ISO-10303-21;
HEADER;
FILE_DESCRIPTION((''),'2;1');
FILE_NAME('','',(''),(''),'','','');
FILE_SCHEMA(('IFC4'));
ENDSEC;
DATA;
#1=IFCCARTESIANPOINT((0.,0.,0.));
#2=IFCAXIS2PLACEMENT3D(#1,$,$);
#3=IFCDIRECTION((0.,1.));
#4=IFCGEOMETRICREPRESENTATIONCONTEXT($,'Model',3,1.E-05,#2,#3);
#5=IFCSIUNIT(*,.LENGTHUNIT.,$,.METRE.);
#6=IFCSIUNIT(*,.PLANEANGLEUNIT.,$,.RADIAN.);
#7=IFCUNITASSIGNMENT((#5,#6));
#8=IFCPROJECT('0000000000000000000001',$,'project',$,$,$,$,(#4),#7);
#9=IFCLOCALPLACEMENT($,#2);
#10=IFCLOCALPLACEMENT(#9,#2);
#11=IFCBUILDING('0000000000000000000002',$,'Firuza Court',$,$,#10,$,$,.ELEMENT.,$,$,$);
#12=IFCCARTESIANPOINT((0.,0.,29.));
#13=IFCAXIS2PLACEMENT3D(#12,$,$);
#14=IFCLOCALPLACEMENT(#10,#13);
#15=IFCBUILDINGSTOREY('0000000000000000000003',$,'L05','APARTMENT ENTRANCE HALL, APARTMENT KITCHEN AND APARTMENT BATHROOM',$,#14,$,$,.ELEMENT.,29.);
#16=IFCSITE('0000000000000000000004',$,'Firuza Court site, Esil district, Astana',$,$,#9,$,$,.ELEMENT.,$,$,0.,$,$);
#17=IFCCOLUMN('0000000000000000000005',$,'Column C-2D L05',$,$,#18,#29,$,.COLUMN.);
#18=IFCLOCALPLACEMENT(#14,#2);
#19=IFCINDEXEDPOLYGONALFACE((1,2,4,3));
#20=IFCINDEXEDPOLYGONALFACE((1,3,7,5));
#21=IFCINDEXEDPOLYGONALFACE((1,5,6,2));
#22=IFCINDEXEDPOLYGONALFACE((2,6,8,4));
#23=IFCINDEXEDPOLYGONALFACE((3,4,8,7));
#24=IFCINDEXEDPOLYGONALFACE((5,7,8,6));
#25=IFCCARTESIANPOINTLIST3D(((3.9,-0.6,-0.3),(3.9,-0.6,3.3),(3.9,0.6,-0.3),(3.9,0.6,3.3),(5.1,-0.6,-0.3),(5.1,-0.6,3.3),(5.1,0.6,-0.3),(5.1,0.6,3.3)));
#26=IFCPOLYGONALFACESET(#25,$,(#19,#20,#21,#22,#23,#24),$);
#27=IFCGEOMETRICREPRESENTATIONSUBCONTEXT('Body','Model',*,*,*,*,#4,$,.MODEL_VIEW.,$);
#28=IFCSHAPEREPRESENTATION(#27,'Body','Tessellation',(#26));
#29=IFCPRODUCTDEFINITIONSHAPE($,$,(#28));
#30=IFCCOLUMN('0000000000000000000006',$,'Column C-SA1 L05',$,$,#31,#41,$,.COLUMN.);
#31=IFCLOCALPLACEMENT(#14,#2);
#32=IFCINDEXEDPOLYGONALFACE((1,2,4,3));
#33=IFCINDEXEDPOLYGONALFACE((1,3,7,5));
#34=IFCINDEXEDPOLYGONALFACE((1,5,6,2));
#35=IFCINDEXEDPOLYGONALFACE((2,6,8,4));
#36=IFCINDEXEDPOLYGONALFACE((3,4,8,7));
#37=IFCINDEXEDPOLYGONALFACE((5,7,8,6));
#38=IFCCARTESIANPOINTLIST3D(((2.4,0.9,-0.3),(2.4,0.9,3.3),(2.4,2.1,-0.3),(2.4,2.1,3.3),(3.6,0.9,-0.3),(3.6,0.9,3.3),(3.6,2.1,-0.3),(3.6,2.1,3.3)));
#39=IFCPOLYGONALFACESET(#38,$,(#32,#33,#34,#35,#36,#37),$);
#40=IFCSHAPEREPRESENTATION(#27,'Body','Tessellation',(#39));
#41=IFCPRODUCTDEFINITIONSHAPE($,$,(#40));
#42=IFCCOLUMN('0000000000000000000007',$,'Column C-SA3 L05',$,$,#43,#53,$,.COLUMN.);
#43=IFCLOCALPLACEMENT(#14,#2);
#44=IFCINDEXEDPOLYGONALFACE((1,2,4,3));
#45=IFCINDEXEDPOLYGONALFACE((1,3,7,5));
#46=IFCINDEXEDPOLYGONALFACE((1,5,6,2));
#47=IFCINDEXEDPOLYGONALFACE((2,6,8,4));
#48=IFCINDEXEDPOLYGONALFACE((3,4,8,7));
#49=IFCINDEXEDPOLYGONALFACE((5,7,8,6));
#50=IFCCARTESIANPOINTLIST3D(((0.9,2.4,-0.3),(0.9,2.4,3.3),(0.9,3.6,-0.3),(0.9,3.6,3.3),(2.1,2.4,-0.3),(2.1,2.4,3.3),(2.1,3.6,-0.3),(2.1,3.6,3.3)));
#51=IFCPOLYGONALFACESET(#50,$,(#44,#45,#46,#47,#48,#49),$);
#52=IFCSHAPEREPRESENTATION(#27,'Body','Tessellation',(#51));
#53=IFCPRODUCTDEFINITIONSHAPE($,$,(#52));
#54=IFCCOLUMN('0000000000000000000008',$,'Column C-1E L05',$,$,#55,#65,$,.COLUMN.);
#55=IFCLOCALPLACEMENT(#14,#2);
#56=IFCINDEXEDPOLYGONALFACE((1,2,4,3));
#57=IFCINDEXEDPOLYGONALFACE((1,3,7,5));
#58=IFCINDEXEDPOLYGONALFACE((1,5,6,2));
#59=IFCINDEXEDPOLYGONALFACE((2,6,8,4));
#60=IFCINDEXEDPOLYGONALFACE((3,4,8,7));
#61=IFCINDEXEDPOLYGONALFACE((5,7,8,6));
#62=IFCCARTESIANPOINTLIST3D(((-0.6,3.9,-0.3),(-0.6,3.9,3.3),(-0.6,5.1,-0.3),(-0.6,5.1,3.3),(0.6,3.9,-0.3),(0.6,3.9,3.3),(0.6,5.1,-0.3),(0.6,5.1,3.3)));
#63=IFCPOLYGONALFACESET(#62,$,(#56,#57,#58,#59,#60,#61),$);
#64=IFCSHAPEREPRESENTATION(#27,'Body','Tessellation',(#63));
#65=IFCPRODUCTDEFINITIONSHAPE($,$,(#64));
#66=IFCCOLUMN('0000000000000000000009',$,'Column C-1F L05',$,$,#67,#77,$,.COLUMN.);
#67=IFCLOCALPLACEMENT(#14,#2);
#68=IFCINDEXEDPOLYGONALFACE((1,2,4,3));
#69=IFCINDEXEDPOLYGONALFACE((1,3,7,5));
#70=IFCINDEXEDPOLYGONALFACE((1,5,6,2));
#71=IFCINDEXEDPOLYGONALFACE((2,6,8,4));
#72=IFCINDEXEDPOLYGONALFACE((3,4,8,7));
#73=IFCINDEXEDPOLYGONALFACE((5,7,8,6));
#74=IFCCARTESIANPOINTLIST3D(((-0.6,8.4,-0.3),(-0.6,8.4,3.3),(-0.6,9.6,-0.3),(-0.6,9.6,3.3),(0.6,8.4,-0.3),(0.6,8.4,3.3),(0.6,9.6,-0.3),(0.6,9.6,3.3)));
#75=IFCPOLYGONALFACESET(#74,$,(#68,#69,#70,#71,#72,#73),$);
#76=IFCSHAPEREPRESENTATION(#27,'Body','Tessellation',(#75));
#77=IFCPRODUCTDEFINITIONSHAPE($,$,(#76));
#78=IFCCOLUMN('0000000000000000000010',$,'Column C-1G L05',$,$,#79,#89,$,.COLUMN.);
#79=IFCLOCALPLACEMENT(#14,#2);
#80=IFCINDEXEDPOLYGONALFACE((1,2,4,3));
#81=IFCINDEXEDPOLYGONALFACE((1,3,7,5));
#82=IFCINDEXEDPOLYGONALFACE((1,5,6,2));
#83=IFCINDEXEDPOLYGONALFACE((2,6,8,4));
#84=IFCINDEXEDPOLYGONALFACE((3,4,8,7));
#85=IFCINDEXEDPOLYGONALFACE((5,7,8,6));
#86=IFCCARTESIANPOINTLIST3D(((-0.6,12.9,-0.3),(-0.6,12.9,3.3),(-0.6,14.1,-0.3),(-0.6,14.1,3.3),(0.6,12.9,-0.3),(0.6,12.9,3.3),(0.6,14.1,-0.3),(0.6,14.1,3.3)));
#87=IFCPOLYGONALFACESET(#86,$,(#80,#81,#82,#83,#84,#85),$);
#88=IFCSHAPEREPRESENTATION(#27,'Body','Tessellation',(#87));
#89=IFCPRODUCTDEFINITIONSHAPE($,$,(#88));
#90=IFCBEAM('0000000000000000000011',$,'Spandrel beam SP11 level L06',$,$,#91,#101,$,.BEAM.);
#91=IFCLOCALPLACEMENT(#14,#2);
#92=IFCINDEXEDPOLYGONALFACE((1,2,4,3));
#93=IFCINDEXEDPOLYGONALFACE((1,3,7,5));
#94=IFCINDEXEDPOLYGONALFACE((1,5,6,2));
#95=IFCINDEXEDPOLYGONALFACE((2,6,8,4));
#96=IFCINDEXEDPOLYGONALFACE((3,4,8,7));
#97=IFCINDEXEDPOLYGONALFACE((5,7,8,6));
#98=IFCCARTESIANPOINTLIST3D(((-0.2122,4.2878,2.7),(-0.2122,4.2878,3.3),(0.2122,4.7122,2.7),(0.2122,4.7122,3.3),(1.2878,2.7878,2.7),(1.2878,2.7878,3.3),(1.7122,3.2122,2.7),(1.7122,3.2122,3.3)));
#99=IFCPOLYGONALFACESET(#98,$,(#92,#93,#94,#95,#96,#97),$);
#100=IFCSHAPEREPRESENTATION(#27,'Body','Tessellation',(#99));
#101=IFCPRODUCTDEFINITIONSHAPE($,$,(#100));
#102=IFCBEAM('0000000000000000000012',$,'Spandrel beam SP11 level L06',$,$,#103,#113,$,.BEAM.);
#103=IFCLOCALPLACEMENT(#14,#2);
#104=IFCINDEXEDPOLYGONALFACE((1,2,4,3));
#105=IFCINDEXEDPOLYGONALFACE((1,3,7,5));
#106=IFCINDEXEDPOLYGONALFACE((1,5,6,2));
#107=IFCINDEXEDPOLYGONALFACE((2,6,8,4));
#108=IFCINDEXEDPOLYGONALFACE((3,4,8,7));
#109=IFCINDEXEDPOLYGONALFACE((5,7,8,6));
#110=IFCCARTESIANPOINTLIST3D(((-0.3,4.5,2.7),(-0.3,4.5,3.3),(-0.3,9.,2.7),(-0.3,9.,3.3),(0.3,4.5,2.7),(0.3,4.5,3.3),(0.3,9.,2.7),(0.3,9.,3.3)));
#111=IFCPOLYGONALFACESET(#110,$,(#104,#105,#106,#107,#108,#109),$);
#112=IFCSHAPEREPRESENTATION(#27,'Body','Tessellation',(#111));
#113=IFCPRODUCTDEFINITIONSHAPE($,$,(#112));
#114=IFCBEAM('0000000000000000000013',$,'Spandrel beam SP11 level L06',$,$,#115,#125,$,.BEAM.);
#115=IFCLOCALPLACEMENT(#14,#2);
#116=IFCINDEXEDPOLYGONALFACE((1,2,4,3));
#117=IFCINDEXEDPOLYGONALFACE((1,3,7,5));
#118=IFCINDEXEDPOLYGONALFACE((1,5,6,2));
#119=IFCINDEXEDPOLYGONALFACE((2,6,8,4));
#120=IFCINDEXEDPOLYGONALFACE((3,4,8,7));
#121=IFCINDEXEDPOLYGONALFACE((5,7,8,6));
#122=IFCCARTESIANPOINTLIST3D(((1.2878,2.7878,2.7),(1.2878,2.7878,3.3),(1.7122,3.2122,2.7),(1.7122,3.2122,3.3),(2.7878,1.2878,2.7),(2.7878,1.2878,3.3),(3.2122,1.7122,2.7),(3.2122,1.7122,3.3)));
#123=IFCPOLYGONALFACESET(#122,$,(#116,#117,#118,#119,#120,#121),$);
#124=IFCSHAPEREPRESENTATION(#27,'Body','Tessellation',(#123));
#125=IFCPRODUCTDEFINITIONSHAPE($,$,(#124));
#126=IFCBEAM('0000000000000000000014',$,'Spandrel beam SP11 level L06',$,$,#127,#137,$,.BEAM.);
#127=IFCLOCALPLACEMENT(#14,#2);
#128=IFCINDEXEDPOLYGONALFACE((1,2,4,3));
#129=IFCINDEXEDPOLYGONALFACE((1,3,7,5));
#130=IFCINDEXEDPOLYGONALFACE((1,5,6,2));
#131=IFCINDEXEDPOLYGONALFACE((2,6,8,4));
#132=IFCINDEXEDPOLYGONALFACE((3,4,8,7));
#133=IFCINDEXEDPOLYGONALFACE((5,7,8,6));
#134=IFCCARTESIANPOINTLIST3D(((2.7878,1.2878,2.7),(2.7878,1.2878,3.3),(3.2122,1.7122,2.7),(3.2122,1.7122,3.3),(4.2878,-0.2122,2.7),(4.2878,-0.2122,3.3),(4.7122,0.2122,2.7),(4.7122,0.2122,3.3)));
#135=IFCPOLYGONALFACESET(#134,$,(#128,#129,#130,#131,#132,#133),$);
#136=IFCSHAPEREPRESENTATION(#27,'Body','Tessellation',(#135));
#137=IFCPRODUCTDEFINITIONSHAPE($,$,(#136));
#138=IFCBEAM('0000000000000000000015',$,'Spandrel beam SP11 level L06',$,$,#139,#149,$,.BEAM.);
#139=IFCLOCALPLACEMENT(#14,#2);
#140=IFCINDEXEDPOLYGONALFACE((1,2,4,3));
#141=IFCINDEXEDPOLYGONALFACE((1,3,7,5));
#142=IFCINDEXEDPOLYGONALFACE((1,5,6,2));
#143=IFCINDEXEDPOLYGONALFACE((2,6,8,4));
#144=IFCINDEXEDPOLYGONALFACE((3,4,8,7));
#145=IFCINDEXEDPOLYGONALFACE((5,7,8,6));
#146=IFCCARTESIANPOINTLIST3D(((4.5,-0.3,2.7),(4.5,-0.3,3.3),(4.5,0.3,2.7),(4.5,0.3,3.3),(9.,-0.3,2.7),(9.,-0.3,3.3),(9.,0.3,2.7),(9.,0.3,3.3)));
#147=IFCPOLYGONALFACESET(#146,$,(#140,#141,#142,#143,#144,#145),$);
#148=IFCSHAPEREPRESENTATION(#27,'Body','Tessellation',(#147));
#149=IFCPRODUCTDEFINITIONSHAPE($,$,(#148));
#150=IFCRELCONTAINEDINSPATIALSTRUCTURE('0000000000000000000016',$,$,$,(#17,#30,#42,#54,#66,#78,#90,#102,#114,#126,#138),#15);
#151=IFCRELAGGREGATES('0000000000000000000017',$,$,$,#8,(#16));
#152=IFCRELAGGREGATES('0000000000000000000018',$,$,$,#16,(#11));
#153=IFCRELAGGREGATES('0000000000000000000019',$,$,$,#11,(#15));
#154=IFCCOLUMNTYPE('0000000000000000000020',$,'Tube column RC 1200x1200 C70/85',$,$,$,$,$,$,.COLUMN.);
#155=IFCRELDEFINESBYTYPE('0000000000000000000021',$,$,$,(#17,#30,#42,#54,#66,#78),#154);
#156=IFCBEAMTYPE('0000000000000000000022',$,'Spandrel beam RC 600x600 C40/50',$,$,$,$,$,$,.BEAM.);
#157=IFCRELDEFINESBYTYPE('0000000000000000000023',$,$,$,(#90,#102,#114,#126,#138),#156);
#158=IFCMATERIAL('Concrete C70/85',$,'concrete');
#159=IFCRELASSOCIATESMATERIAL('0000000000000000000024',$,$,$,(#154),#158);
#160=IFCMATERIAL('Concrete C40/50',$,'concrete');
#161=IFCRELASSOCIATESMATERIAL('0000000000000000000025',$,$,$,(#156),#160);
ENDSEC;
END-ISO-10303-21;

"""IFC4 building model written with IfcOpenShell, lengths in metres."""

from ifc_helpers import new_model, si_unit, direction, frame, origin, origin_2d, place, context, subcontext, project, spatial, rectangle, extrude, material, material_profile, profile_set, type_object, element, save


model = new_model("IFC4")

# Units and contexts
model_context = context("Model", 3, precision=1e-05, world=origin(), true_north=direction((0.0, 1.0)))
body_context = subcontext(model_context, "Body", "Model", "MODEL_VIEW")
ifc_project = project(units=[si_unit("LENGTHUNIT", "METRE"), si_unit("PLANEANGLEUNIT", "RADIAN")], contexts=[model_context])

# Site, building, storey
site_placement = place(None, origin())
site = spatial("IfcSite", under=ifc_project, at=site_placement, Name="Firuza Court site, Esil district, Astana", CompositionType="ELEMENT", RefElevation=0.0)
building_placement = place(site_placement, origin())
building = spatial("IfcBuilding", under=site, at=building_placement, Name="Firuza Court", CompositionType="ELEMENT")
storey_placement = place(building_placement, frame((0.0, 0.0, 29.0)))
storey = spatial("IfcBuildingStorey", under=building, at=storey_placement, Name="L05", Description="APARTMENT ENTRANCE HALL, APARTMENT KITCHEN AND APARTMENT BATHROOM", CompositionType="ELEMENT", Elevation=29.0)

# Columns
ifc_material_1 = material(Name="Concrete C70/85", Category="concrete")
ifc_material_profile_1 = material_profile(ifc_material_1, rectangle(XDim=1.2, YDim=1.2, at=origin_2d()), Name="RC 1200x1200")
ifc_profile_set_1 = profile_set([ifc_material_profile_1], Name="Concrete C70/85")
column_type = type_object("IfcColumnType", Name="Tube column RC 1200x1200 C70/85", PredefinedType="COLUMN", material=ifc_profile_set_1)
for number, where, z_axis, x_axis, name in (
    (1, (4.5, 0.0, -0.3), (0.0, 0.0, 1.0), (1.0, 0.0, 0.0), "Column C-2D L05"),
    (2, (3.0, 1.5, -0.3), (0.0, 0.0, 1.0), (1.0, 0.0, 0.0), "Column C-SA1 L05"),
    (3, (1.5, 3.0, -0.3), (0.0, 0.0, 1.0), (1.0, 0.0, 0.0), "Column C-SA3 L05"),
    (4, (0.0, 4.5, -0.3), (0.0, 0.0, 1.0), (1.0, 0.0, 0.0), "Column C-1E L05"),
    (5, (0.0, 9.0, -0.3), (0.0, 0.0, 1.0), (1.0, 0.0, 0.0), "Column C-1F L05"),
    (6, (0.0, 13.5, -0.3), (0.0, 0.0, 1.0), (1.0, 0.0, 0.0), "Column C-1G L05"),
):
    element("IfcColumn", number, at=place(storey_placement, frame(where, z_axis=z_axis, x_axis=x_axis)), inside=storey, type_object=column_type, Name=name, PredefinedType="COLUMN", context=body_context, shape_type="SweptSolid", body=[
        extrude(rectangle(XDim=1.2, YDim=1.2, at=origin_2d()), origin(), (0.0, 0.0, 1.0), 3.6001),
    ])

# Beams
ifc_material_2 = material(Name="Concrete C40/50", Category="concrete")
ifc_material_profile_2 = material_profile(ifc_material_2, rectangle(XDim=0.6001, YDim=0.6001, at=origin_2d()), Name="RC 600x600")
ifc_profile_set_2 = profile_set([ifc_material_profile_2], Name="Concrete C40/50")
beam_type = type_object("IfcBeamType", Name="Spandrel beam RC 600x600 C40/50", PredefinedType="BEAM", material=ifc_profile_set_2)
beam_1_placement = place(storey_placement, frame((0.0, 4.5, 3.0), z_axis=(0.707107, -0.707107, 0.0), x_axis=(0.707107, 0.707107, 0.0)))
element("IfcBeam", 7, at=beam_1_placement, inside=storey, type_object=beam_type, Name="Spandrel beam SP11 level L06", PredefinedType="BEAM", context=body_context, shape_type="SweptSolid", body=[
    extrude(rectangle(XDim=0.6001, YDim=0.6001, at=origin_2d()), origin(), (0.0, 0.0, 1.0), 2.1213),
])
beam_2_placement = place(storey_placement, frame((0.0, 9.0, 3.0), z_axis=(0.0, -1.0, 0.0), x_axis=(1.0, 0.0, 0.0)))
element("IfcBeam", 8, at=beam_2_placement, inside=storey, type_object=beam_type, Name="Spandrel beam SP11 level L06", PredefinedType="BEAM", context=body_context, shape_type="SweptSolid", body=[
    extrude(rectangle(XDim=0.6001, YDim=0.6001, at=origin_2d()), origin(), (0.0, 0.0, 1.0), 4.5),
])
for number, where, z_axis, x_axis, name in (
    (9, (1.5, 3.0, 3.0), (0.707107, -0.707107, 0.0), (0.707107, 0.707107, 0.0), "Spandrel beam SP11 level L06"),
    (10, (3.0, 1.5, 3.0), (0.707107, -0.707107, 0.0), (0.707107, 0.707107, 0.0), "Spandrel beam SP11 level L06"),
):
    element("IfcBeam", number, at=place(storey_placement, frame(where, z_axis=z_axis, x_axis=x_axis)), inside=storey, type_object=beam_type, Name=name, PredefinedType="BEAM", context=body_context, shape_type="SweptSolid", body=[
        extrude(rectangle(XDim=0.6001, YDim=0.6001, at=origin_2d()), origin(), (0.0, 0.0, 1.0), 2.1213),
    ])
beam_3_placement = place(storey_placement, frame((4.5, 0.0, 3.0), z_axis=(1.0, 0.0, 0.0), x_axis=(0.0, 1.0, 0.0)))
element("IfcBeam", 11, at=beam_3_placement, inside=storey, type_object=beam_type, Name="Spandrel beam SP11 level L06", PredefinedType="BEAM", context=body_context, shape_type="SweptSolid", body=[
    extrude(rectangle(XDim=0.6001, YDim=0.6001, at=origin_2d()), origin(), (0.0, 0.0, 1.0), 4.5),
])

save(model, "model.ifc")
